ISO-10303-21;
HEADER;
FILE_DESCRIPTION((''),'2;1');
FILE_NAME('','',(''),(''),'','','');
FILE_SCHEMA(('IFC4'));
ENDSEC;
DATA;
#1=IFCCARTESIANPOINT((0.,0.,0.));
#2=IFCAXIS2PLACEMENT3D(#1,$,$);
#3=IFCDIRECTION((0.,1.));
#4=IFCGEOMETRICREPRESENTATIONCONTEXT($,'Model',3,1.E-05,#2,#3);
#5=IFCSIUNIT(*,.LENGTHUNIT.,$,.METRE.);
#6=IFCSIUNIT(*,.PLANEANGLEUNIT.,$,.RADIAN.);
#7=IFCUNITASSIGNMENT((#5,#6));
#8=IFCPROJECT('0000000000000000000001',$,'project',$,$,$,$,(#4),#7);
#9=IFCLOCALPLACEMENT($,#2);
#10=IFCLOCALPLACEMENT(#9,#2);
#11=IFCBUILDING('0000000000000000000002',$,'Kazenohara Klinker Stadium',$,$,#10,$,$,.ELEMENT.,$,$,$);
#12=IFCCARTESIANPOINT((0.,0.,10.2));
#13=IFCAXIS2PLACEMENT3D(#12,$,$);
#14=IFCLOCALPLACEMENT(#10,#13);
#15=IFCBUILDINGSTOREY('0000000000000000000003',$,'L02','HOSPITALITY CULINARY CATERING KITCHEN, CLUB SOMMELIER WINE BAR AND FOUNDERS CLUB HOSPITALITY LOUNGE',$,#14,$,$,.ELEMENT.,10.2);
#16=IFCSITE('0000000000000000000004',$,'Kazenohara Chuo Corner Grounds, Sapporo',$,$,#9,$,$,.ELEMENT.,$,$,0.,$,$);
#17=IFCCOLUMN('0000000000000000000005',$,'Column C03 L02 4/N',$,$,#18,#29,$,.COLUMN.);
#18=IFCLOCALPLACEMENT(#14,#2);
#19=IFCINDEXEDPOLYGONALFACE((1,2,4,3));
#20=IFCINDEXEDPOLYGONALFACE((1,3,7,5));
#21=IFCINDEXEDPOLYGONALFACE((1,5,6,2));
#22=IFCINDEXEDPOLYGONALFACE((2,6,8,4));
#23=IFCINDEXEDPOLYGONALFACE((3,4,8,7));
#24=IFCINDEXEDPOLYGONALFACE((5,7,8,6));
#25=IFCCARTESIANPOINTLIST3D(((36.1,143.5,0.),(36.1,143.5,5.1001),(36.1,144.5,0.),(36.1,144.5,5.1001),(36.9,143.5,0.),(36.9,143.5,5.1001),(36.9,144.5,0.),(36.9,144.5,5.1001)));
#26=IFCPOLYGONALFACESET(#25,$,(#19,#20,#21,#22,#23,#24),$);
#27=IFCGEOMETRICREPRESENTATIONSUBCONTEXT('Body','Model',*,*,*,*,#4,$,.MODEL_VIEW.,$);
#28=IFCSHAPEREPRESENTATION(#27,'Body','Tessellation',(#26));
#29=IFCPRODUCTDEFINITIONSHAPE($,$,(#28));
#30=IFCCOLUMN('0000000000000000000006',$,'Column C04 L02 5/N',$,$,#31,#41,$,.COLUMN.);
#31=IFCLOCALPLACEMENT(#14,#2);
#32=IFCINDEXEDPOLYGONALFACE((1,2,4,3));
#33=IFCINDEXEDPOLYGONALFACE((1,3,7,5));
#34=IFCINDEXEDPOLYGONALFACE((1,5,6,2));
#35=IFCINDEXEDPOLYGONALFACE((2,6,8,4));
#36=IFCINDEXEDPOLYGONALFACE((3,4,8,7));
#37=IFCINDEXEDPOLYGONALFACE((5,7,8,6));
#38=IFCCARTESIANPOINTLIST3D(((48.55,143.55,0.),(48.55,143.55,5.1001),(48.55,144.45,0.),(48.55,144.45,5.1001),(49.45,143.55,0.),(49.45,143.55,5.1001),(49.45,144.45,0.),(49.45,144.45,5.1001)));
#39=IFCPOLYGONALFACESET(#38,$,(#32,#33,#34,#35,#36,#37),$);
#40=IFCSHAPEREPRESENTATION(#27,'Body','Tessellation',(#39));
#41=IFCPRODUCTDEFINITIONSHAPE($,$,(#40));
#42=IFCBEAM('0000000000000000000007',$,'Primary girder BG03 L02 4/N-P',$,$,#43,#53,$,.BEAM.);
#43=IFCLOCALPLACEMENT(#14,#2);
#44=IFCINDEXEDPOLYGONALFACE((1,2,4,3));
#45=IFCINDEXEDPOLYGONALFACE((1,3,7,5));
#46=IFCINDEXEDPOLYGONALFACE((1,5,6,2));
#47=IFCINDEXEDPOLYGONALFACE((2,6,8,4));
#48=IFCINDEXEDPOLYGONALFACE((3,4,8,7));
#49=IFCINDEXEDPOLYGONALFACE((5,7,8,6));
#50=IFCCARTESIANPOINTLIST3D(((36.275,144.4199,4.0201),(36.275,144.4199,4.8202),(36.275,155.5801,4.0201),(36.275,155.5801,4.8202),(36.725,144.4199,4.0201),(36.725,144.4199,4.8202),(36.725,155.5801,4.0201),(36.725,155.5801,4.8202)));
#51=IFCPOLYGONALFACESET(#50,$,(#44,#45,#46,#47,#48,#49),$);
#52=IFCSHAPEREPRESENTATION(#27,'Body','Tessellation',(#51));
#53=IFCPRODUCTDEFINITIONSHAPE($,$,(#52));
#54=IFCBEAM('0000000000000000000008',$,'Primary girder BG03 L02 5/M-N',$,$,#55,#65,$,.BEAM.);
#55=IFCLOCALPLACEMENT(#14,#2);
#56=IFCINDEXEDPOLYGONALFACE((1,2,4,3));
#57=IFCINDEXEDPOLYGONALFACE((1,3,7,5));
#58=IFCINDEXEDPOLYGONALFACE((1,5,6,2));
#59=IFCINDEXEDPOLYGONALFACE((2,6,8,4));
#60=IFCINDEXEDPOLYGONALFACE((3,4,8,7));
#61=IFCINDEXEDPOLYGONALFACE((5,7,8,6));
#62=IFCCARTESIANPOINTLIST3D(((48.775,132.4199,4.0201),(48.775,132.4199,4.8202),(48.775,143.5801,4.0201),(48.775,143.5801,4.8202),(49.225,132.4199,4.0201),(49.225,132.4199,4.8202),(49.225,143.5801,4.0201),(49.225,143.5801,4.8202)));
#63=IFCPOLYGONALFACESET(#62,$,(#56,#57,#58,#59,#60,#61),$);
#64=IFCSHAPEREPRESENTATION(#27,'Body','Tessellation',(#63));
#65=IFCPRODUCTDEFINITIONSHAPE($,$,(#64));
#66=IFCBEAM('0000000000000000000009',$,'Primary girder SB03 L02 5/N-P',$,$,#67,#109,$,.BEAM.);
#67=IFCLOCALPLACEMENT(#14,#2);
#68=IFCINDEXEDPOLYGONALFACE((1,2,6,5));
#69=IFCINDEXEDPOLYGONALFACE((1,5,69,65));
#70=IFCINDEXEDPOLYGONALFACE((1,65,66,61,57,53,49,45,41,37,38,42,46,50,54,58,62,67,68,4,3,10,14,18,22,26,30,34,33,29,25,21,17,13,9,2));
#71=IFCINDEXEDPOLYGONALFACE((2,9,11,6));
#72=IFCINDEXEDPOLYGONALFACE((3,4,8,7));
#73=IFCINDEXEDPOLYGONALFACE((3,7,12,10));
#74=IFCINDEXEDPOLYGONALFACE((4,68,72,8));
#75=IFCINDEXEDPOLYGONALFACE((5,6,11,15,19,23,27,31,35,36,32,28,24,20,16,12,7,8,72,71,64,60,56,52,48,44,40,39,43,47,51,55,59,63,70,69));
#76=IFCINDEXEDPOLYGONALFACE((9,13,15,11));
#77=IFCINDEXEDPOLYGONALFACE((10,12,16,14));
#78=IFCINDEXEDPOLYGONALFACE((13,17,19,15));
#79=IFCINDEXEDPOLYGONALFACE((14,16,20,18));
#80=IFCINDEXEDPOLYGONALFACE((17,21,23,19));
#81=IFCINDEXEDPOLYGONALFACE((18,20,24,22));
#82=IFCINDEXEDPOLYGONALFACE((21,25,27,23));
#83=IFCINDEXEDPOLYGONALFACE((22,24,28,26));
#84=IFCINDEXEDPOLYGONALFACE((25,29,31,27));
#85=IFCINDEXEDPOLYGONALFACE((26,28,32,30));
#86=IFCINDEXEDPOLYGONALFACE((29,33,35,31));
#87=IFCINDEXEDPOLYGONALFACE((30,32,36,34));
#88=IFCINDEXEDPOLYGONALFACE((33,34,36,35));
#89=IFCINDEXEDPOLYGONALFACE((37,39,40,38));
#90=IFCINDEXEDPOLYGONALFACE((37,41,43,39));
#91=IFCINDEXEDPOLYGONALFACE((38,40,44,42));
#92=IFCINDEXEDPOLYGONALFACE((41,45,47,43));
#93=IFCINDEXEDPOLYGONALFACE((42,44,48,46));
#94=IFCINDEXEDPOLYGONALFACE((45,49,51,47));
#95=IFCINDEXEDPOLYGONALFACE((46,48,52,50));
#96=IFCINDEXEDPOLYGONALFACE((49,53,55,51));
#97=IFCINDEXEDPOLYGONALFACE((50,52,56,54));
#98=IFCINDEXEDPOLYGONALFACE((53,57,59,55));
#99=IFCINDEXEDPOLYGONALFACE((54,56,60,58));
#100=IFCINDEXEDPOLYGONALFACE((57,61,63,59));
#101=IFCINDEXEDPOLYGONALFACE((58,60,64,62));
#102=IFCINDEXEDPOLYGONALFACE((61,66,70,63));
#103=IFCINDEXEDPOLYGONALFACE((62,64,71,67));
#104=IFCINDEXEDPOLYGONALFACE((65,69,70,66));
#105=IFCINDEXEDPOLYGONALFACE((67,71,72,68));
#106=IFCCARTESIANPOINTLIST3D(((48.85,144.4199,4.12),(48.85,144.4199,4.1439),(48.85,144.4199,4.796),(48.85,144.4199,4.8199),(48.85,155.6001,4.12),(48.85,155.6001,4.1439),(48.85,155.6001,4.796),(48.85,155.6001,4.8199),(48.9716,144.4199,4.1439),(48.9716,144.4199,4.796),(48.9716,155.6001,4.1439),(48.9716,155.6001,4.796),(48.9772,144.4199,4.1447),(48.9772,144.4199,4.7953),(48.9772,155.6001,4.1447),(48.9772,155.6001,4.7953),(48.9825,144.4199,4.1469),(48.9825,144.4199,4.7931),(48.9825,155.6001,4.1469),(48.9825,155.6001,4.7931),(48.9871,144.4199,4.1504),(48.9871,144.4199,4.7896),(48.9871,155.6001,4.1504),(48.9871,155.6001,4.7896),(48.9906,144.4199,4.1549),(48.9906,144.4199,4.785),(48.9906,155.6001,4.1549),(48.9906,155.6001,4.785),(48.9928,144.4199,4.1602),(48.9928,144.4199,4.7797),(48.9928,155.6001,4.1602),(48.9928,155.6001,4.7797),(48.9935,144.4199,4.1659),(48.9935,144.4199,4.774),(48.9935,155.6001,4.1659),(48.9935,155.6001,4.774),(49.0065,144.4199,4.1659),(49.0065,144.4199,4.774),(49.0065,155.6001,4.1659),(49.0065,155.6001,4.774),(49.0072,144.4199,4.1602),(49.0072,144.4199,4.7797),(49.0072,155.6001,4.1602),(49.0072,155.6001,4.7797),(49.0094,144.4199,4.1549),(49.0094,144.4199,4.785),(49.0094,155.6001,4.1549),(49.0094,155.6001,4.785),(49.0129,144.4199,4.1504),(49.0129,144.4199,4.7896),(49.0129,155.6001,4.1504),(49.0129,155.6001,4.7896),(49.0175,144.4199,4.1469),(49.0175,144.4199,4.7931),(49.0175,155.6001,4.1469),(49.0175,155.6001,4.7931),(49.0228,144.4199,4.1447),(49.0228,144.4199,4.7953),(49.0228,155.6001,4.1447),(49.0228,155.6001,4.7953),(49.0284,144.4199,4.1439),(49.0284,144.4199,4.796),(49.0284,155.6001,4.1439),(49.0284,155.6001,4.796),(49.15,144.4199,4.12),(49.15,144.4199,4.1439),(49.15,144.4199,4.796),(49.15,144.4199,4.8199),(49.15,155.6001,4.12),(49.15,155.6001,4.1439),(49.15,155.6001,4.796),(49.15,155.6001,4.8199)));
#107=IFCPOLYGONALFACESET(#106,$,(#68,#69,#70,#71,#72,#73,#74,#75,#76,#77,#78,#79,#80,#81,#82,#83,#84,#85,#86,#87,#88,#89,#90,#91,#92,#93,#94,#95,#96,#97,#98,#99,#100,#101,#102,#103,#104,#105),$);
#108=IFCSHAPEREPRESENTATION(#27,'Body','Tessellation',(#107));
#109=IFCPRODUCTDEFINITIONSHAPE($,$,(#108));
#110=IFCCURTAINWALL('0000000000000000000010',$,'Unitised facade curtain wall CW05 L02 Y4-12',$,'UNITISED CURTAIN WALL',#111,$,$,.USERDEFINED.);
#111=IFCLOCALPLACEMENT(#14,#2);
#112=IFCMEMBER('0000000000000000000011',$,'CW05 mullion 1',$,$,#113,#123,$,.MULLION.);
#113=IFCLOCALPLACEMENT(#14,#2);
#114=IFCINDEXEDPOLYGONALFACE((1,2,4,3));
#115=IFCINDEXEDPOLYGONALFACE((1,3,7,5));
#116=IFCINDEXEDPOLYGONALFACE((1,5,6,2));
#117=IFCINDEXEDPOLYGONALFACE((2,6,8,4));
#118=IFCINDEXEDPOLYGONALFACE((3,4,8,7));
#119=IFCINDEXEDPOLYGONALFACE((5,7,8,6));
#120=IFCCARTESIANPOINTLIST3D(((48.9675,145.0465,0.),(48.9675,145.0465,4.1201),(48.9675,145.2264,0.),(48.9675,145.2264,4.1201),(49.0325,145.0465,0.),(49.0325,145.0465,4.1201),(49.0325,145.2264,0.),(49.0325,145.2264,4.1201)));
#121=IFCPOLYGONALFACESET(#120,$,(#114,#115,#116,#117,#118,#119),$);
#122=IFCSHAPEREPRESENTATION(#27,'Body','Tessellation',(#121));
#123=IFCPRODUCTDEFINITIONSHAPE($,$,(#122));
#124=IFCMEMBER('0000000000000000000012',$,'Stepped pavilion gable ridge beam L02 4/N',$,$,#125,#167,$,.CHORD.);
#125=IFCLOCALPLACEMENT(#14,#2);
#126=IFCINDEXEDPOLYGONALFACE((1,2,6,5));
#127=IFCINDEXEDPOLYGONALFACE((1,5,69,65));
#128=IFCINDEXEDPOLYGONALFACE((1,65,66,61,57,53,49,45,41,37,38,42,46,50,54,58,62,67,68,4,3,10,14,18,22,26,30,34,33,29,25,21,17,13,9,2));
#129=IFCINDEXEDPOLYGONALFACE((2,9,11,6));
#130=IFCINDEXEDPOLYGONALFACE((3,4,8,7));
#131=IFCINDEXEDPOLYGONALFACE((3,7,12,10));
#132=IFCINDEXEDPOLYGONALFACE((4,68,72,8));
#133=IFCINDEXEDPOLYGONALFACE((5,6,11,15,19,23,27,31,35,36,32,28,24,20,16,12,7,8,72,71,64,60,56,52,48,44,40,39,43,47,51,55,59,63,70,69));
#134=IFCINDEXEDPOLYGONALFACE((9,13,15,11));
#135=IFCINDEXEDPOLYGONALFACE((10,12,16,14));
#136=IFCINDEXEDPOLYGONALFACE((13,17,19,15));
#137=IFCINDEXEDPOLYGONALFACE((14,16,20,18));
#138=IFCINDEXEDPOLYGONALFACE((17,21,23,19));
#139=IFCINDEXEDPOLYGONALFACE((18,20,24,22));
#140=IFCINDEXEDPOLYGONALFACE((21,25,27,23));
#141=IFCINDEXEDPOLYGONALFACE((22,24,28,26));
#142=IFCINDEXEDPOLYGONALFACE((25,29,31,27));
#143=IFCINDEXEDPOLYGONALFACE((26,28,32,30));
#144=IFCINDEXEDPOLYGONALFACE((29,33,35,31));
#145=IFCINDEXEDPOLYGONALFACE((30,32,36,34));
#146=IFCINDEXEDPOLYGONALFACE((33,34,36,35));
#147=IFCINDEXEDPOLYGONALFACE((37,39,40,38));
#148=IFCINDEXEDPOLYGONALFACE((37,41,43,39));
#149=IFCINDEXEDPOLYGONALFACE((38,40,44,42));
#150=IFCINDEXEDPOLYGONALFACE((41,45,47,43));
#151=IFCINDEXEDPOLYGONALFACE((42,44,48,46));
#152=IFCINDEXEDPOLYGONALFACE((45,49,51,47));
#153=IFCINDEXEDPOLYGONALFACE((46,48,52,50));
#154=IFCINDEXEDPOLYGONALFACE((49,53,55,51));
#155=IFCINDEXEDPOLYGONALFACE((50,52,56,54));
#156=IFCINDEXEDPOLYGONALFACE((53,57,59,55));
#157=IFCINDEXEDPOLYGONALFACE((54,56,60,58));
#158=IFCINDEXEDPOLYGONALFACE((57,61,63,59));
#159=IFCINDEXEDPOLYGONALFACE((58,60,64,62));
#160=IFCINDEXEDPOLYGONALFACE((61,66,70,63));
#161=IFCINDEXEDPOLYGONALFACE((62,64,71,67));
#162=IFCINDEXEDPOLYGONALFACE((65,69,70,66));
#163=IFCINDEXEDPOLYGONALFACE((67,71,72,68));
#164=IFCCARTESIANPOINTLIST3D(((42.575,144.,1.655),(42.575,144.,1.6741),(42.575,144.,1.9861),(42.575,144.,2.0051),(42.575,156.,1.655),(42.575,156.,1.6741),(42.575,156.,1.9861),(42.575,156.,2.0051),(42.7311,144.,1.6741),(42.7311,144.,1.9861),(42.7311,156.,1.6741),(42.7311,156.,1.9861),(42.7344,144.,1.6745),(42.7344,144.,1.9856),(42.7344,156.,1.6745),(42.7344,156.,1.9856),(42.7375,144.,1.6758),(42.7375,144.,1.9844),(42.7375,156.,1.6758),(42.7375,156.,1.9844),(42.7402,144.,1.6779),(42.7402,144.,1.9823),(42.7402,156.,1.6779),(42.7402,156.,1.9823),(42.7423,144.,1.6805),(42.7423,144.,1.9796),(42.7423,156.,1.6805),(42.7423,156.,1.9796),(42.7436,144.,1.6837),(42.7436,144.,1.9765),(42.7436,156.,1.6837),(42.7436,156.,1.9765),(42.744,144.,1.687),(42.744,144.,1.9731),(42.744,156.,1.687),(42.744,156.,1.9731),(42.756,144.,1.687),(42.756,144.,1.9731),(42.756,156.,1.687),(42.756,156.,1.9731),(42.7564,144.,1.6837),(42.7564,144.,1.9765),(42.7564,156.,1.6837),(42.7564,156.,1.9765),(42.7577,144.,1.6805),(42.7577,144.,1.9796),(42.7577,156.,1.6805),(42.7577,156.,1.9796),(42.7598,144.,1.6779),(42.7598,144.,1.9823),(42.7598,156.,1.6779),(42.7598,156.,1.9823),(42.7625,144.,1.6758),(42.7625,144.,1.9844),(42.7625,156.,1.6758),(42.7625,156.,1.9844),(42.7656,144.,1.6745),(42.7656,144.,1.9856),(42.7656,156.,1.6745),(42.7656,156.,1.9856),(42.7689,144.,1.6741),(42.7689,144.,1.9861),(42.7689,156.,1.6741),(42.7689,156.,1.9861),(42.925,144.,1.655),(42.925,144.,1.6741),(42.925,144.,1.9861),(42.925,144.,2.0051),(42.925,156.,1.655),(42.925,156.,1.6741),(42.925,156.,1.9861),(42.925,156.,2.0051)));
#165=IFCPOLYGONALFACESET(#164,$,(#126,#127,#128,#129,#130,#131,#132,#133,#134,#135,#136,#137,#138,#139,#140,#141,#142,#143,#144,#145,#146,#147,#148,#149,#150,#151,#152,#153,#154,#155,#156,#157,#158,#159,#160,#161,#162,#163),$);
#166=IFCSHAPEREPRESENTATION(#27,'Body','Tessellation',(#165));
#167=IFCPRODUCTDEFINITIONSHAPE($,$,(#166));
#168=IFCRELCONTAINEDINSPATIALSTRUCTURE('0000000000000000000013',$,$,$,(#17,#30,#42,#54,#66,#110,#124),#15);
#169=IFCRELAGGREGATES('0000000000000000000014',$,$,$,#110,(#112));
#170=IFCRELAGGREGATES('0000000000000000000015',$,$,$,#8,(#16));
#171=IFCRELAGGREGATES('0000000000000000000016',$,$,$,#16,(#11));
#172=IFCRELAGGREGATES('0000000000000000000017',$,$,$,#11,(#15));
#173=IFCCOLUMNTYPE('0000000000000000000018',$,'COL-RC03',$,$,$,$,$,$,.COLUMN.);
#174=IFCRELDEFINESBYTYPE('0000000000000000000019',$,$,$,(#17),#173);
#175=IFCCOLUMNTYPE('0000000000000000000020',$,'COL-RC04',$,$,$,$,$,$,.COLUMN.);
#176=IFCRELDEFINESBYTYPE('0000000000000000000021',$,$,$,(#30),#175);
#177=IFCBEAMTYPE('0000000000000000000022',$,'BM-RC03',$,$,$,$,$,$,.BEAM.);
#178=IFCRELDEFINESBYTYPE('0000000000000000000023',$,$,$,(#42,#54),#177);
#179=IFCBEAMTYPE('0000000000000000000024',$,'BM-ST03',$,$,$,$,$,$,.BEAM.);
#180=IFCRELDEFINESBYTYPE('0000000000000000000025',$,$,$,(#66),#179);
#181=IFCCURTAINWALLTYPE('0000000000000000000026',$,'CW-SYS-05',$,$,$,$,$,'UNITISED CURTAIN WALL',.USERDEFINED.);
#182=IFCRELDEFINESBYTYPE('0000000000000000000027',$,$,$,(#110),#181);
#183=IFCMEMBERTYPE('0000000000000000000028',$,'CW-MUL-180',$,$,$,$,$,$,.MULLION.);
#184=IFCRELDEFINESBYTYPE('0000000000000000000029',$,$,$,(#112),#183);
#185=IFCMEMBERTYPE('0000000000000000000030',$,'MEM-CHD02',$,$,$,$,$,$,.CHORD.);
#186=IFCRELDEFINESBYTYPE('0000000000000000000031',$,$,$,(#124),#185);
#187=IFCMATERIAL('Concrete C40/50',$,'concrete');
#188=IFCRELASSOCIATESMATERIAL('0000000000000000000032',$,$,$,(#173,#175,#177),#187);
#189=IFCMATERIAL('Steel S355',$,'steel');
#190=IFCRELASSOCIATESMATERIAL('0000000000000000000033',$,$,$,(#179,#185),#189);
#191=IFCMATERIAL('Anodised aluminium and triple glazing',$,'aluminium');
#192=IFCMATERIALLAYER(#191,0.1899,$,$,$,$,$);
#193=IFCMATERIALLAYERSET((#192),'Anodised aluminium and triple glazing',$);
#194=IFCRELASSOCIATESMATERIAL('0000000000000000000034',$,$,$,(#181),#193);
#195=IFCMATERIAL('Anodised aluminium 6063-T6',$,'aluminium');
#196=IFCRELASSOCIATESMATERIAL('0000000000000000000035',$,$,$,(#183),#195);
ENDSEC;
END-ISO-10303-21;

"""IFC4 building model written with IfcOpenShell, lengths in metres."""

from ifc_helpers import new_model, si_unit, direction, frame, origin, origin_2d, place, context, subcontext, project, spatial, rectangle, i_section, extrude, material, layer, layer_set, material_profile, profile_set, type_object, element, aggregate, save


model = new_model("IFC4")

# Units and contexts
model_context = context("Model", 3, precision=1e-05, world=origin(), true_north=direction((0.0, 1.0)))
body_context = subcontext(model_context, "Body", "Model", "MODEL_VIEW")
ifc_project = project(units=[si_unit("LENGTHUNIT", "METRE"), si_unit("PLANEANGLEUNIT", "RADIAN")], contexts=[model_context])

# Site, building, storey
site_placement = place(None, origin())
site = spatial("IfcSite", under=ifc_project, at=site_placement, Name="Kazenohara Chuo Corner Grounds, Sapporo", CompositionType="ELEMENT", RefElevation=0.0)
building_placement = place(site_placement, origin())
building = spatial("IfcBuilding", under=site, at=building_placement, Name="Kazenohara Klinker Stadium", CompositionType="ELEMENT")
storey_placement = place(building_placement, frame((0.0, 0.0, 10.2)))
storey = spatial("IfcBuildingStorey", under=building, at=storey_placement, Name="L02", Description="HOSPITALITY CULINARY CATERING KITCHEN, CLUB SOMMELIER WINE BAR AND FOUNDERS CLUB HOSPITALITY LOUNGE", CompositionType="ELEMENT", Elevation=10.2)

# Columns
ifc_material_1 = material(Name="Concrete C40/50", Category="concrete")
ifc_material_profile_1 = material_profile(ifc_material_1, rectangle(XDim=0.8, YDim=1.0, at=origin_2d()), Name="RC-COL-1000x800")
ifc_profile_set_1 = profile_set([ifc_material_profile_1], Name="Concrete C40/50")
column_type_1 = type_object("IfcColumnType", Name="COL-RC03", PredefinedType="COLUMN", material=ifc_profile_set_1)
column_1_placement = place(storey_placement, frame((36.5, 144.0, 0.0), z_axis=(0.0, 0.0, 1.0), x_axis=(1.0, 0.0, 0.0)))
element("IfcColumn", 1, at=column_1_placement, inside=storey, type_object=column_type_1, Name="Column C03 L02 4/N", PredefinedType="COLUMN", context=body_context, shape_type="SweptSolid", body=[
    extrude(rectangle(XDim=0.8, YDim=1.0, at=origin_2d()), origin(), (0.0, 0.0, 1.0), 5.1001),
])
ifc_material_profile_2 = material_profile(ifc_material_1, rectangle(XDim=0.8999, YDim=0.8999, at=origin_2d()), Name="RC-COL-900x900")
ifc_profile_set_2 = profile_set([ifc_material_profile_2], Name="Concrete C40/50")
column_type_2 = type_object("IfcColumnType", Name="COL-RC04", PredefinedType="COLUMN", material=ifc_profile_set_2)
column_2_placement = place(storey_placement, frame((49.0, 144.0, 0.0), z_axis=(0.0, 0.0, 1.0), x_axis=(1.0, 0.0, 0.0)))
element("IfcColumn", 2, at=column_2_placement, inside=storey, type_object=column_type_2, Name="Column C04 L02 5/N", PredefinedType="COLUMN", context=body_context, shape_type="SweptSolid", body=[
    extrude(rectangle(XDim=0.8999, YDim=0.8999, at=origin_2d()), origin(), (0.0, 0.0, 1.0), 5.1001),
])

# Beams
ifc_material_profile_3 = material_profile(ifc_material_1, rectangle(XDim=0.45, YDim=0.8, at=origin_2d()), Name="RC-BM-450x800")
ifc_profile_set_3 = profile_set([ifc_material_profile_3], Name="Concrete C40/50")
beam_type_1 = type_object("IfcBeamType", Name="BM-RC03", PredefinedType="BEAM", material=ifc_profile_set_3)
for number, where, z_axis, x_axis, name in (
    (3, (36.5, 144.4199, 4.4202), (0.0, 1.0, 0.0), (-1.0, 0.0, 0.0), "Primary girder BG03 L02 4/N-P"),
    (4, (49.0, 132.4199, 4.4202), (0.0, 1.0, 0.0), (-1.0, 0.0, 0.0), "Primary girder BG03 L02 5/M-N"),
):
    element("IfcBeam", number, at=place(storey_placement, frame(where, z_axis=z_axis, x_axis=x_axis)), inside=storey, type_object=beam_type_1, Name=name, PredefinedType="BEAM", context=body_context, shape_type="SweptSolid", body=[
        extrude(rectangle(XDim=0.45, YDim=0.8, at=origin_2d()), origin(), (0.0, 0.0, 1.0), 11.1602),
    ])
ifc_material_2 = material(Name="Steel S355", Category="steel")
ifc_material_profile_4 = material_profile(ifc_material_2, i_section(OverallWidth=0.3, OverallDepth=0.7, WebThickness=0.0129, FlangeThickness=0.0239, FilletRadius=0.022, at=origin_2d()), Name="H-700x300x13x24")
ifc_profile_set_4 = profile_set([ifc_material_profile_4], Name="Steel S355")
beam_type_2 = type_object("IfcBeamType", Name="BM-ST03", PredefinedType="BEAM", material=ifc_profile_set_4)
beam_placement = place(storey_placement, frame((49.0, 144.4199, 4.47), z_axis=(0.0, 1.0, 0.0), x_axis=(-1.0, 0.0, 0.0)))
element("IfcBeam", 5, at=beam_placement, inside=storey, type_object=beam_type_2, Name="Primary girder SB03 L02 5/N-P", PredefinedType="BEAM", context=body_context, shape_type="SweptSolid", body=[
    extrude(i_section(OverallWidth=0.3, OverallDepth=0.7, WebThickness=0.0129, FlangeThickness=0.0239, FilletRadius=0.022, at=origin_2d()), origin(), (0.0, 0.0, 1.0), 11.1802),
])

# Curtain wall, member
ifc_material_3 = material(Name="Anodised aluminium and triple glazing", Category="aluminium")
ifc_layer_1 = layer(ifc_material_3, 0.1899)
ifc_layer_set_1 = layer_set([ifc_layer_1], Name="Anodised aluminium and triple glazing")
curtain_wall_type = type_object("IfcCurtainWallType", Name="CW-SYS-05", ElementType="UNITISED CURTAIN WALL", PredefinedType="USERDEFINED", material=ifc_layer_set_1)
curtain_wall_placement = place(storey_placement, origin())
curtain_wall = element("IfcCurtainWall", 6, at=curtain_wall_placement, inside=storey, type_object=curtain_wall_type, Name="Unitised facade curtain wall CW05 L02 Y4-12", ObjectType="UNITISED CURTAIN WALL", PredefinedType="USERDEFINED")
ifc_material_4 = material(Name="Anodised aluminium 6063-T6", Category="aluminium")
ifc_material_profile_5 = material_profile(ifc_material_4, rectangle(XDim=0.0649, YDim=0.1799, at=origin_2d()), Name="ALU-MUL-65x180")
ifc_profile_set_5 = profile_set([ifc_material_profile_5], Name="Anodised aluminium 6063-T6")
member_type_1 = type_object("IfcMemberType", Name="CW-MUL-180", PredefinedType="MULLION", material=ifc_profile_set_5)
member_1_placement = place(storey_placement, frame((49.0, 145.1365, 0.0), z_axis=(0.0, 0.0, 1.0), x_axis=(-1.0, 0.0, 0.0)))
member_1 = element("IfcMember", 7, at=member_1_placement, type_object=member_type_1, Name="CW05 mullion 1", PredefinedType="MULLION", context=body_context, shape_type="SweptSolid", body=[
    extrude(rectangle(XDim=0.0649, YDim=0.1799, at=origin_2d()), origin(), (0.0, 0.0, 1.0), 4.1201),
])
aggregate(curtain_wall, [member_1])

# Member
ifc_material_profile_6 = material_profile(ifc_material_2, i_section(OverallWidth=0.3501, OverallDepth=0.3501, WebThickness=0.012, FlangeThickness=0.019, FilletRadius=0.0129, at=origin_2d()), Name="H-350x350x12x19")
ifc_profile_set_6 = profile_set([ifc_material_profile_6], Name="Steel S355")
member_type_2 = type_object("IfcMemberType", Name="MEM-CHD02", PredefinedType="CHORD", material=ifc_profile_set_6)
member_2_placement = place(storey_placement, frame((42.75, 144.0, 1.8301), z_axis=(0.0, 1.0, 0.0), x_axis=(-1.0, 0.0, 0.0)))
element("IfcMember", 8, at=member_2_placement, inside=storey, type_object=member_type_2, Name="Stepped pavilion gable ridge beam L02 4/N", PredefinedType="CHORD", context=body_context, shape_type="SweptSolid", body=[
    extrude(i_section(OverallWidth=0.3501, OverallDepth=0.3501, WebThickness=0.012, FlangeThickness=0.019, FilletRadius=0.0129, at=origin_2d()), origin(), (0.0, 0.0, 1.0), 12.0),
])

save(model, "model.ifc")
